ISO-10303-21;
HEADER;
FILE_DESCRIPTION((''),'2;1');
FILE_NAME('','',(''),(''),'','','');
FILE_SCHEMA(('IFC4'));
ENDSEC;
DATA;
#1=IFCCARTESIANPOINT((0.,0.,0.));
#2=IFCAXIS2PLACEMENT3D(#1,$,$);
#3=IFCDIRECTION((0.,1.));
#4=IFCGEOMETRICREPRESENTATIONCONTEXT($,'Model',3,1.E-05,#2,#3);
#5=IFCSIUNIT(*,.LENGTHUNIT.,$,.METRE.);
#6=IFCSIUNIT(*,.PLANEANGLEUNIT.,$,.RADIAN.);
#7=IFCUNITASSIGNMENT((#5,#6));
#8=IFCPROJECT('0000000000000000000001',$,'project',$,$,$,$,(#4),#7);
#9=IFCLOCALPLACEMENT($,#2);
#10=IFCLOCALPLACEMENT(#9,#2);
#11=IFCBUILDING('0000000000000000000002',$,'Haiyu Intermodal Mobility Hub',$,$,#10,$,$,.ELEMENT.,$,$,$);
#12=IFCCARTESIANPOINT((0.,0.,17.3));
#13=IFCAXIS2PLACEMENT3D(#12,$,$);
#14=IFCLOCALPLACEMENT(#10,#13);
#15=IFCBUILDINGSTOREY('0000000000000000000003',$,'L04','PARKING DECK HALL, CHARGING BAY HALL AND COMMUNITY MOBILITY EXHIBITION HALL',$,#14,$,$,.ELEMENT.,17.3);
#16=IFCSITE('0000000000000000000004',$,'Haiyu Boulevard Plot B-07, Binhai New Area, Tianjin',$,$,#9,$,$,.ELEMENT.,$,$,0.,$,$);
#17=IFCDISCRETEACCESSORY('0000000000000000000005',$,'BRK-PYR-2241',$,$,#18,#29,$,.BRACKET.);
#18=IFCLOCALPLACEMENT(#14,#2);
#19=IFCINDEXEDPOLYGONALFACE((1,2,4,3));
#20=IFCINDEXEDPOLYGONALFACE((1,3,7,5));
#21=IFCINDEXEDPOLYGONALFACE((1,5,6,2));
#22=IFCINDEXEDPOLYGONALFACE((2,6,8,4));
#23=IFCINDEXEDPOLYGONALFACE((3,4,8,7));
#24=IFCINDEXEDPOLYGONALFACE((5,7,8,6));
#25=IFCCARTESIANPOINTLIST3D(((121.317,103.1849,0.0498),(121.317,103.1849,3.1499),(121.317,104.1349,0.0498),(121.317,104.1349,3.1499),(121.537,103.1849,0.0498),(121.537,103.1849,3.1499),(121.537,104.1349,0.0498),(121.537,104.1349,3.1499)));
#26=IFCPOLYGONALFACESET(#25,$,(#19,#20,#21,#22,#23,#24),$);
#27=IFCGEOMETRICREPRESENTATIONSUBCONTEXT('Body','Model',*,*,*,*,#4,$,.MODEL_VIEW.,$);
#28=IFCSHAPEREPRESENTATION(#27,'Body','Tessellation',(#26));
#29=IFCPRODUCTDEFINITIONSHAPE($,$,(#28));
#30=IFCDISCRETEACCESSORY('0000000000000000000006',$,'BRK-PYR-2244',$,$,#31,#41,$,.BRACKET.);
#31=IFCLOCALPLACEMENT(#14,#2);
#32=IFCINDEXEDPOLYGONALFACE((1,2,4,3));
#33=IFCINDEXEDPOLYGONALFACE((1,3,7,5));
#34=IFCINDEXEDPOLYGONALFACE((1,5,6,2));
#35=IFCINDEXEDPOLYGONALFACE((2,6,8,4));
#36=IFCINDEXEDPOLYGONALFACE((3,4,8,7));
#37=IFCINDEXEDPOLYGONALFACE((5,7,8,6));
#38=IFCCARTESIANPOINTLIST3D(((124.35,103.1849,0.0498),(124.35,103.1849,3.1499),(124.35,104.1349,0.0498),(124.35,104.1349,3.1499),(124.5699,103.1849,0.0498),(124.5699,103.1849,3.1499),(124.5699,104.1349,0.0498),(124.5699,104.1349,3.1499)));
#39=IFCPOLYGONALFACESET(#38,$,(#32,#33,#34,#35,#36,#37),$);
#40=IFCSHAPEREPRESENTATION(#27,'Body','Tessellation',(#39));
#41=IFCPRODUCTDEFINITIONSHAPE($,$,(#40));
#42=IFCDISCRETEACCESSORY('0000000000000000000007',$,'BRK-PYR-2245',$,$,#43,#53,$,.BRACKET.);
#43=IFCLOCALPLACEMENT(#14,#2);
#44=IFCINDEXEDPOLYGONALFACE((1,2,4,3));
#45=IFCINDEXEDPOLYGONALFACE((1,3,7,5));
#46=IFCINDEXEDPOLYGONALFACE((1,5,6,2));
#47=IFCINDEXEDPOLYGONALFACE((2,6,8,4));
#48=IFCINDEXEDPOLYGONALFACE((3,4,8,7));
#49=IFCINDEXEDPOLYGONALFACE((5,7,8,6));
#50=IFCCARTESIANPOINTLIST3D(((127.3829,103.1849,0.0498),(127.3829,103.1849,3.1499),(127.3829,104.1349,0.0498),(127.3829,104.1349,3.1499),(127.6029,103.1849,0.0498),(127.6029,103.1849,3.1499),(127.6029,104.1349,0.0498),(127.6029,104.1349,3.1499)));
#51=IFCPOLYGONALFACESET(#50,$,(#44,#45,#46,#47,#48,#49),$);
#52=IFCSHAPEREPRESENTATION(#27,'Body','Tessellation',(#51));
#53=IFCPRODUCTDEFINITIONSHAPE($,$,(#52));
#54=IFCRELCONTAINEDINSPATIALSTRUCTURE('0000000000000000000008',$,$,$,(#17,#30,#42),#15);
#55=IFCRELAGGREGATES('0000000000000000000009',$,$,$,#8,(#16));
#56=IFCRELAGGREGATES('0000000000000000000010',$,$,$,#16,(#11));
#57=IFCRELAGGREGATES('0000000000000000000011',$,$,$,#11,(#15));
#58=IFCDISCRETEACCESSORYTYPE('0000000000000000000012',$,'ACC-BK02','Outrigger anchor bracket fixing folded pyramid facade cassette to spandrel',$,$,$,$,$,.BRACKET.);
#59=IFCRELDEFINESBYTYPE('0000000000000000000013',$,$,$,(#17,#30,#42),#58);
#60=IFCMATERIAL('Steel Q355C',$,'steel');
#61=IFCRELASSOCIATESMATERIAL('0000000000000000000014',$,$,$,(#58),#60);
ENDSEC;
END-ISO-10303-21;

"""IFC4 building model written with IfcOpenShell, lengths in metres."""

from ifc_helpers import new_model, si_unit, direction, frame, origin, origin_2d, place, context, subcontext, project, spatial, rectangle, extrude, material, type_object, element, save


model = new_model("IFC4")

# Units and contexts
model_context = context("Model", 3, precision=1e-05, world=origin(), true_north=direction((0.0, 1.0)))
body_context = subcontext(model_context, "Body", "Model", "MODEL_VIEW")
ifc_project = project(units=[si_unit("LENGTHUNIT", "METRE"), si_unit("PLANEANGLEUNIT", "RADIAN")], contexts=[model_context])

# Site, building, storey
site_placement = place(None, origin())
site = spatial("IfcSite", under=ifc_project, at=site_placement, Name="Haiyu Boulevard Plot B-07, Binhai New Area, Tianjin", CompositionType="ELEMENT", RefElevation=0.0)
building_placement = place(site_placement, origin())
building = spatial("IfcBuilding", under=site, at=building_placement, Name="Haiyu Intermodal Mobility Hub", CompositionType="ELEMENT")
storey_placement = place(building_placement, frame((0.0, 0.0, 17.3)))
storey = spatial("IfcBuildingStorey", under=building, at=storey_placement, Name="L04", Description="PARKING DECK HALL, CHARGING BAY HALL AND COMMUNITY MOBILITY EXHIBITION HALL", CompositionType="ELEMENT", Elevation=17.3)

# Shared definitions
ifc_material_1 = material(Name="Steel Q355C", Category="steel")

# Discrete accessories
discrete_accessory_type = type_object("IfcDiscreteAccessoryType", Name="ACC-BK02", Description="Outrigger anchor bracket fixing folded pyramid facade cassette to spandrel", PredefinedType="BRACKET", material=ifc_material_1)
for number, where, z_axis, x_axis, name in (
    (1, (121.427, 103.6599, 0.0498), (0.0, 0.0, 1.0), (1.0, 0.0, 0.0), "BRK-PYR-2241"),
    (2, (124.46, 103.6599, 0.0498), (0.0, 0.0, 1.0), (1.0, 0.0, 0.0), "BRK-PYR-2244"),
    (3, (127.4929, 103.6599, 0.0498), (0.0, 0.0, 1.0), (1.0, 0.0, 0.0), "BRK-PYR-2245"),
):
    element("IfcDiscreteAccessory", number, at=place(storey_placement, frame(where, z_axis=z_axis, x_axis=x_axis)), inside=storey, type_object=discrete_accessory_type, Name=name, PredefinedType="BRACKET", context=body_context, shape_type="SweptSolid", body=[
        extrude(rectangle(XDim=0.22, YDim=0.95, at=origin_2d()), origin(), (0.0, 0.0, 1.0), 3.1001),
    ])

save(model, "model.ifc")
